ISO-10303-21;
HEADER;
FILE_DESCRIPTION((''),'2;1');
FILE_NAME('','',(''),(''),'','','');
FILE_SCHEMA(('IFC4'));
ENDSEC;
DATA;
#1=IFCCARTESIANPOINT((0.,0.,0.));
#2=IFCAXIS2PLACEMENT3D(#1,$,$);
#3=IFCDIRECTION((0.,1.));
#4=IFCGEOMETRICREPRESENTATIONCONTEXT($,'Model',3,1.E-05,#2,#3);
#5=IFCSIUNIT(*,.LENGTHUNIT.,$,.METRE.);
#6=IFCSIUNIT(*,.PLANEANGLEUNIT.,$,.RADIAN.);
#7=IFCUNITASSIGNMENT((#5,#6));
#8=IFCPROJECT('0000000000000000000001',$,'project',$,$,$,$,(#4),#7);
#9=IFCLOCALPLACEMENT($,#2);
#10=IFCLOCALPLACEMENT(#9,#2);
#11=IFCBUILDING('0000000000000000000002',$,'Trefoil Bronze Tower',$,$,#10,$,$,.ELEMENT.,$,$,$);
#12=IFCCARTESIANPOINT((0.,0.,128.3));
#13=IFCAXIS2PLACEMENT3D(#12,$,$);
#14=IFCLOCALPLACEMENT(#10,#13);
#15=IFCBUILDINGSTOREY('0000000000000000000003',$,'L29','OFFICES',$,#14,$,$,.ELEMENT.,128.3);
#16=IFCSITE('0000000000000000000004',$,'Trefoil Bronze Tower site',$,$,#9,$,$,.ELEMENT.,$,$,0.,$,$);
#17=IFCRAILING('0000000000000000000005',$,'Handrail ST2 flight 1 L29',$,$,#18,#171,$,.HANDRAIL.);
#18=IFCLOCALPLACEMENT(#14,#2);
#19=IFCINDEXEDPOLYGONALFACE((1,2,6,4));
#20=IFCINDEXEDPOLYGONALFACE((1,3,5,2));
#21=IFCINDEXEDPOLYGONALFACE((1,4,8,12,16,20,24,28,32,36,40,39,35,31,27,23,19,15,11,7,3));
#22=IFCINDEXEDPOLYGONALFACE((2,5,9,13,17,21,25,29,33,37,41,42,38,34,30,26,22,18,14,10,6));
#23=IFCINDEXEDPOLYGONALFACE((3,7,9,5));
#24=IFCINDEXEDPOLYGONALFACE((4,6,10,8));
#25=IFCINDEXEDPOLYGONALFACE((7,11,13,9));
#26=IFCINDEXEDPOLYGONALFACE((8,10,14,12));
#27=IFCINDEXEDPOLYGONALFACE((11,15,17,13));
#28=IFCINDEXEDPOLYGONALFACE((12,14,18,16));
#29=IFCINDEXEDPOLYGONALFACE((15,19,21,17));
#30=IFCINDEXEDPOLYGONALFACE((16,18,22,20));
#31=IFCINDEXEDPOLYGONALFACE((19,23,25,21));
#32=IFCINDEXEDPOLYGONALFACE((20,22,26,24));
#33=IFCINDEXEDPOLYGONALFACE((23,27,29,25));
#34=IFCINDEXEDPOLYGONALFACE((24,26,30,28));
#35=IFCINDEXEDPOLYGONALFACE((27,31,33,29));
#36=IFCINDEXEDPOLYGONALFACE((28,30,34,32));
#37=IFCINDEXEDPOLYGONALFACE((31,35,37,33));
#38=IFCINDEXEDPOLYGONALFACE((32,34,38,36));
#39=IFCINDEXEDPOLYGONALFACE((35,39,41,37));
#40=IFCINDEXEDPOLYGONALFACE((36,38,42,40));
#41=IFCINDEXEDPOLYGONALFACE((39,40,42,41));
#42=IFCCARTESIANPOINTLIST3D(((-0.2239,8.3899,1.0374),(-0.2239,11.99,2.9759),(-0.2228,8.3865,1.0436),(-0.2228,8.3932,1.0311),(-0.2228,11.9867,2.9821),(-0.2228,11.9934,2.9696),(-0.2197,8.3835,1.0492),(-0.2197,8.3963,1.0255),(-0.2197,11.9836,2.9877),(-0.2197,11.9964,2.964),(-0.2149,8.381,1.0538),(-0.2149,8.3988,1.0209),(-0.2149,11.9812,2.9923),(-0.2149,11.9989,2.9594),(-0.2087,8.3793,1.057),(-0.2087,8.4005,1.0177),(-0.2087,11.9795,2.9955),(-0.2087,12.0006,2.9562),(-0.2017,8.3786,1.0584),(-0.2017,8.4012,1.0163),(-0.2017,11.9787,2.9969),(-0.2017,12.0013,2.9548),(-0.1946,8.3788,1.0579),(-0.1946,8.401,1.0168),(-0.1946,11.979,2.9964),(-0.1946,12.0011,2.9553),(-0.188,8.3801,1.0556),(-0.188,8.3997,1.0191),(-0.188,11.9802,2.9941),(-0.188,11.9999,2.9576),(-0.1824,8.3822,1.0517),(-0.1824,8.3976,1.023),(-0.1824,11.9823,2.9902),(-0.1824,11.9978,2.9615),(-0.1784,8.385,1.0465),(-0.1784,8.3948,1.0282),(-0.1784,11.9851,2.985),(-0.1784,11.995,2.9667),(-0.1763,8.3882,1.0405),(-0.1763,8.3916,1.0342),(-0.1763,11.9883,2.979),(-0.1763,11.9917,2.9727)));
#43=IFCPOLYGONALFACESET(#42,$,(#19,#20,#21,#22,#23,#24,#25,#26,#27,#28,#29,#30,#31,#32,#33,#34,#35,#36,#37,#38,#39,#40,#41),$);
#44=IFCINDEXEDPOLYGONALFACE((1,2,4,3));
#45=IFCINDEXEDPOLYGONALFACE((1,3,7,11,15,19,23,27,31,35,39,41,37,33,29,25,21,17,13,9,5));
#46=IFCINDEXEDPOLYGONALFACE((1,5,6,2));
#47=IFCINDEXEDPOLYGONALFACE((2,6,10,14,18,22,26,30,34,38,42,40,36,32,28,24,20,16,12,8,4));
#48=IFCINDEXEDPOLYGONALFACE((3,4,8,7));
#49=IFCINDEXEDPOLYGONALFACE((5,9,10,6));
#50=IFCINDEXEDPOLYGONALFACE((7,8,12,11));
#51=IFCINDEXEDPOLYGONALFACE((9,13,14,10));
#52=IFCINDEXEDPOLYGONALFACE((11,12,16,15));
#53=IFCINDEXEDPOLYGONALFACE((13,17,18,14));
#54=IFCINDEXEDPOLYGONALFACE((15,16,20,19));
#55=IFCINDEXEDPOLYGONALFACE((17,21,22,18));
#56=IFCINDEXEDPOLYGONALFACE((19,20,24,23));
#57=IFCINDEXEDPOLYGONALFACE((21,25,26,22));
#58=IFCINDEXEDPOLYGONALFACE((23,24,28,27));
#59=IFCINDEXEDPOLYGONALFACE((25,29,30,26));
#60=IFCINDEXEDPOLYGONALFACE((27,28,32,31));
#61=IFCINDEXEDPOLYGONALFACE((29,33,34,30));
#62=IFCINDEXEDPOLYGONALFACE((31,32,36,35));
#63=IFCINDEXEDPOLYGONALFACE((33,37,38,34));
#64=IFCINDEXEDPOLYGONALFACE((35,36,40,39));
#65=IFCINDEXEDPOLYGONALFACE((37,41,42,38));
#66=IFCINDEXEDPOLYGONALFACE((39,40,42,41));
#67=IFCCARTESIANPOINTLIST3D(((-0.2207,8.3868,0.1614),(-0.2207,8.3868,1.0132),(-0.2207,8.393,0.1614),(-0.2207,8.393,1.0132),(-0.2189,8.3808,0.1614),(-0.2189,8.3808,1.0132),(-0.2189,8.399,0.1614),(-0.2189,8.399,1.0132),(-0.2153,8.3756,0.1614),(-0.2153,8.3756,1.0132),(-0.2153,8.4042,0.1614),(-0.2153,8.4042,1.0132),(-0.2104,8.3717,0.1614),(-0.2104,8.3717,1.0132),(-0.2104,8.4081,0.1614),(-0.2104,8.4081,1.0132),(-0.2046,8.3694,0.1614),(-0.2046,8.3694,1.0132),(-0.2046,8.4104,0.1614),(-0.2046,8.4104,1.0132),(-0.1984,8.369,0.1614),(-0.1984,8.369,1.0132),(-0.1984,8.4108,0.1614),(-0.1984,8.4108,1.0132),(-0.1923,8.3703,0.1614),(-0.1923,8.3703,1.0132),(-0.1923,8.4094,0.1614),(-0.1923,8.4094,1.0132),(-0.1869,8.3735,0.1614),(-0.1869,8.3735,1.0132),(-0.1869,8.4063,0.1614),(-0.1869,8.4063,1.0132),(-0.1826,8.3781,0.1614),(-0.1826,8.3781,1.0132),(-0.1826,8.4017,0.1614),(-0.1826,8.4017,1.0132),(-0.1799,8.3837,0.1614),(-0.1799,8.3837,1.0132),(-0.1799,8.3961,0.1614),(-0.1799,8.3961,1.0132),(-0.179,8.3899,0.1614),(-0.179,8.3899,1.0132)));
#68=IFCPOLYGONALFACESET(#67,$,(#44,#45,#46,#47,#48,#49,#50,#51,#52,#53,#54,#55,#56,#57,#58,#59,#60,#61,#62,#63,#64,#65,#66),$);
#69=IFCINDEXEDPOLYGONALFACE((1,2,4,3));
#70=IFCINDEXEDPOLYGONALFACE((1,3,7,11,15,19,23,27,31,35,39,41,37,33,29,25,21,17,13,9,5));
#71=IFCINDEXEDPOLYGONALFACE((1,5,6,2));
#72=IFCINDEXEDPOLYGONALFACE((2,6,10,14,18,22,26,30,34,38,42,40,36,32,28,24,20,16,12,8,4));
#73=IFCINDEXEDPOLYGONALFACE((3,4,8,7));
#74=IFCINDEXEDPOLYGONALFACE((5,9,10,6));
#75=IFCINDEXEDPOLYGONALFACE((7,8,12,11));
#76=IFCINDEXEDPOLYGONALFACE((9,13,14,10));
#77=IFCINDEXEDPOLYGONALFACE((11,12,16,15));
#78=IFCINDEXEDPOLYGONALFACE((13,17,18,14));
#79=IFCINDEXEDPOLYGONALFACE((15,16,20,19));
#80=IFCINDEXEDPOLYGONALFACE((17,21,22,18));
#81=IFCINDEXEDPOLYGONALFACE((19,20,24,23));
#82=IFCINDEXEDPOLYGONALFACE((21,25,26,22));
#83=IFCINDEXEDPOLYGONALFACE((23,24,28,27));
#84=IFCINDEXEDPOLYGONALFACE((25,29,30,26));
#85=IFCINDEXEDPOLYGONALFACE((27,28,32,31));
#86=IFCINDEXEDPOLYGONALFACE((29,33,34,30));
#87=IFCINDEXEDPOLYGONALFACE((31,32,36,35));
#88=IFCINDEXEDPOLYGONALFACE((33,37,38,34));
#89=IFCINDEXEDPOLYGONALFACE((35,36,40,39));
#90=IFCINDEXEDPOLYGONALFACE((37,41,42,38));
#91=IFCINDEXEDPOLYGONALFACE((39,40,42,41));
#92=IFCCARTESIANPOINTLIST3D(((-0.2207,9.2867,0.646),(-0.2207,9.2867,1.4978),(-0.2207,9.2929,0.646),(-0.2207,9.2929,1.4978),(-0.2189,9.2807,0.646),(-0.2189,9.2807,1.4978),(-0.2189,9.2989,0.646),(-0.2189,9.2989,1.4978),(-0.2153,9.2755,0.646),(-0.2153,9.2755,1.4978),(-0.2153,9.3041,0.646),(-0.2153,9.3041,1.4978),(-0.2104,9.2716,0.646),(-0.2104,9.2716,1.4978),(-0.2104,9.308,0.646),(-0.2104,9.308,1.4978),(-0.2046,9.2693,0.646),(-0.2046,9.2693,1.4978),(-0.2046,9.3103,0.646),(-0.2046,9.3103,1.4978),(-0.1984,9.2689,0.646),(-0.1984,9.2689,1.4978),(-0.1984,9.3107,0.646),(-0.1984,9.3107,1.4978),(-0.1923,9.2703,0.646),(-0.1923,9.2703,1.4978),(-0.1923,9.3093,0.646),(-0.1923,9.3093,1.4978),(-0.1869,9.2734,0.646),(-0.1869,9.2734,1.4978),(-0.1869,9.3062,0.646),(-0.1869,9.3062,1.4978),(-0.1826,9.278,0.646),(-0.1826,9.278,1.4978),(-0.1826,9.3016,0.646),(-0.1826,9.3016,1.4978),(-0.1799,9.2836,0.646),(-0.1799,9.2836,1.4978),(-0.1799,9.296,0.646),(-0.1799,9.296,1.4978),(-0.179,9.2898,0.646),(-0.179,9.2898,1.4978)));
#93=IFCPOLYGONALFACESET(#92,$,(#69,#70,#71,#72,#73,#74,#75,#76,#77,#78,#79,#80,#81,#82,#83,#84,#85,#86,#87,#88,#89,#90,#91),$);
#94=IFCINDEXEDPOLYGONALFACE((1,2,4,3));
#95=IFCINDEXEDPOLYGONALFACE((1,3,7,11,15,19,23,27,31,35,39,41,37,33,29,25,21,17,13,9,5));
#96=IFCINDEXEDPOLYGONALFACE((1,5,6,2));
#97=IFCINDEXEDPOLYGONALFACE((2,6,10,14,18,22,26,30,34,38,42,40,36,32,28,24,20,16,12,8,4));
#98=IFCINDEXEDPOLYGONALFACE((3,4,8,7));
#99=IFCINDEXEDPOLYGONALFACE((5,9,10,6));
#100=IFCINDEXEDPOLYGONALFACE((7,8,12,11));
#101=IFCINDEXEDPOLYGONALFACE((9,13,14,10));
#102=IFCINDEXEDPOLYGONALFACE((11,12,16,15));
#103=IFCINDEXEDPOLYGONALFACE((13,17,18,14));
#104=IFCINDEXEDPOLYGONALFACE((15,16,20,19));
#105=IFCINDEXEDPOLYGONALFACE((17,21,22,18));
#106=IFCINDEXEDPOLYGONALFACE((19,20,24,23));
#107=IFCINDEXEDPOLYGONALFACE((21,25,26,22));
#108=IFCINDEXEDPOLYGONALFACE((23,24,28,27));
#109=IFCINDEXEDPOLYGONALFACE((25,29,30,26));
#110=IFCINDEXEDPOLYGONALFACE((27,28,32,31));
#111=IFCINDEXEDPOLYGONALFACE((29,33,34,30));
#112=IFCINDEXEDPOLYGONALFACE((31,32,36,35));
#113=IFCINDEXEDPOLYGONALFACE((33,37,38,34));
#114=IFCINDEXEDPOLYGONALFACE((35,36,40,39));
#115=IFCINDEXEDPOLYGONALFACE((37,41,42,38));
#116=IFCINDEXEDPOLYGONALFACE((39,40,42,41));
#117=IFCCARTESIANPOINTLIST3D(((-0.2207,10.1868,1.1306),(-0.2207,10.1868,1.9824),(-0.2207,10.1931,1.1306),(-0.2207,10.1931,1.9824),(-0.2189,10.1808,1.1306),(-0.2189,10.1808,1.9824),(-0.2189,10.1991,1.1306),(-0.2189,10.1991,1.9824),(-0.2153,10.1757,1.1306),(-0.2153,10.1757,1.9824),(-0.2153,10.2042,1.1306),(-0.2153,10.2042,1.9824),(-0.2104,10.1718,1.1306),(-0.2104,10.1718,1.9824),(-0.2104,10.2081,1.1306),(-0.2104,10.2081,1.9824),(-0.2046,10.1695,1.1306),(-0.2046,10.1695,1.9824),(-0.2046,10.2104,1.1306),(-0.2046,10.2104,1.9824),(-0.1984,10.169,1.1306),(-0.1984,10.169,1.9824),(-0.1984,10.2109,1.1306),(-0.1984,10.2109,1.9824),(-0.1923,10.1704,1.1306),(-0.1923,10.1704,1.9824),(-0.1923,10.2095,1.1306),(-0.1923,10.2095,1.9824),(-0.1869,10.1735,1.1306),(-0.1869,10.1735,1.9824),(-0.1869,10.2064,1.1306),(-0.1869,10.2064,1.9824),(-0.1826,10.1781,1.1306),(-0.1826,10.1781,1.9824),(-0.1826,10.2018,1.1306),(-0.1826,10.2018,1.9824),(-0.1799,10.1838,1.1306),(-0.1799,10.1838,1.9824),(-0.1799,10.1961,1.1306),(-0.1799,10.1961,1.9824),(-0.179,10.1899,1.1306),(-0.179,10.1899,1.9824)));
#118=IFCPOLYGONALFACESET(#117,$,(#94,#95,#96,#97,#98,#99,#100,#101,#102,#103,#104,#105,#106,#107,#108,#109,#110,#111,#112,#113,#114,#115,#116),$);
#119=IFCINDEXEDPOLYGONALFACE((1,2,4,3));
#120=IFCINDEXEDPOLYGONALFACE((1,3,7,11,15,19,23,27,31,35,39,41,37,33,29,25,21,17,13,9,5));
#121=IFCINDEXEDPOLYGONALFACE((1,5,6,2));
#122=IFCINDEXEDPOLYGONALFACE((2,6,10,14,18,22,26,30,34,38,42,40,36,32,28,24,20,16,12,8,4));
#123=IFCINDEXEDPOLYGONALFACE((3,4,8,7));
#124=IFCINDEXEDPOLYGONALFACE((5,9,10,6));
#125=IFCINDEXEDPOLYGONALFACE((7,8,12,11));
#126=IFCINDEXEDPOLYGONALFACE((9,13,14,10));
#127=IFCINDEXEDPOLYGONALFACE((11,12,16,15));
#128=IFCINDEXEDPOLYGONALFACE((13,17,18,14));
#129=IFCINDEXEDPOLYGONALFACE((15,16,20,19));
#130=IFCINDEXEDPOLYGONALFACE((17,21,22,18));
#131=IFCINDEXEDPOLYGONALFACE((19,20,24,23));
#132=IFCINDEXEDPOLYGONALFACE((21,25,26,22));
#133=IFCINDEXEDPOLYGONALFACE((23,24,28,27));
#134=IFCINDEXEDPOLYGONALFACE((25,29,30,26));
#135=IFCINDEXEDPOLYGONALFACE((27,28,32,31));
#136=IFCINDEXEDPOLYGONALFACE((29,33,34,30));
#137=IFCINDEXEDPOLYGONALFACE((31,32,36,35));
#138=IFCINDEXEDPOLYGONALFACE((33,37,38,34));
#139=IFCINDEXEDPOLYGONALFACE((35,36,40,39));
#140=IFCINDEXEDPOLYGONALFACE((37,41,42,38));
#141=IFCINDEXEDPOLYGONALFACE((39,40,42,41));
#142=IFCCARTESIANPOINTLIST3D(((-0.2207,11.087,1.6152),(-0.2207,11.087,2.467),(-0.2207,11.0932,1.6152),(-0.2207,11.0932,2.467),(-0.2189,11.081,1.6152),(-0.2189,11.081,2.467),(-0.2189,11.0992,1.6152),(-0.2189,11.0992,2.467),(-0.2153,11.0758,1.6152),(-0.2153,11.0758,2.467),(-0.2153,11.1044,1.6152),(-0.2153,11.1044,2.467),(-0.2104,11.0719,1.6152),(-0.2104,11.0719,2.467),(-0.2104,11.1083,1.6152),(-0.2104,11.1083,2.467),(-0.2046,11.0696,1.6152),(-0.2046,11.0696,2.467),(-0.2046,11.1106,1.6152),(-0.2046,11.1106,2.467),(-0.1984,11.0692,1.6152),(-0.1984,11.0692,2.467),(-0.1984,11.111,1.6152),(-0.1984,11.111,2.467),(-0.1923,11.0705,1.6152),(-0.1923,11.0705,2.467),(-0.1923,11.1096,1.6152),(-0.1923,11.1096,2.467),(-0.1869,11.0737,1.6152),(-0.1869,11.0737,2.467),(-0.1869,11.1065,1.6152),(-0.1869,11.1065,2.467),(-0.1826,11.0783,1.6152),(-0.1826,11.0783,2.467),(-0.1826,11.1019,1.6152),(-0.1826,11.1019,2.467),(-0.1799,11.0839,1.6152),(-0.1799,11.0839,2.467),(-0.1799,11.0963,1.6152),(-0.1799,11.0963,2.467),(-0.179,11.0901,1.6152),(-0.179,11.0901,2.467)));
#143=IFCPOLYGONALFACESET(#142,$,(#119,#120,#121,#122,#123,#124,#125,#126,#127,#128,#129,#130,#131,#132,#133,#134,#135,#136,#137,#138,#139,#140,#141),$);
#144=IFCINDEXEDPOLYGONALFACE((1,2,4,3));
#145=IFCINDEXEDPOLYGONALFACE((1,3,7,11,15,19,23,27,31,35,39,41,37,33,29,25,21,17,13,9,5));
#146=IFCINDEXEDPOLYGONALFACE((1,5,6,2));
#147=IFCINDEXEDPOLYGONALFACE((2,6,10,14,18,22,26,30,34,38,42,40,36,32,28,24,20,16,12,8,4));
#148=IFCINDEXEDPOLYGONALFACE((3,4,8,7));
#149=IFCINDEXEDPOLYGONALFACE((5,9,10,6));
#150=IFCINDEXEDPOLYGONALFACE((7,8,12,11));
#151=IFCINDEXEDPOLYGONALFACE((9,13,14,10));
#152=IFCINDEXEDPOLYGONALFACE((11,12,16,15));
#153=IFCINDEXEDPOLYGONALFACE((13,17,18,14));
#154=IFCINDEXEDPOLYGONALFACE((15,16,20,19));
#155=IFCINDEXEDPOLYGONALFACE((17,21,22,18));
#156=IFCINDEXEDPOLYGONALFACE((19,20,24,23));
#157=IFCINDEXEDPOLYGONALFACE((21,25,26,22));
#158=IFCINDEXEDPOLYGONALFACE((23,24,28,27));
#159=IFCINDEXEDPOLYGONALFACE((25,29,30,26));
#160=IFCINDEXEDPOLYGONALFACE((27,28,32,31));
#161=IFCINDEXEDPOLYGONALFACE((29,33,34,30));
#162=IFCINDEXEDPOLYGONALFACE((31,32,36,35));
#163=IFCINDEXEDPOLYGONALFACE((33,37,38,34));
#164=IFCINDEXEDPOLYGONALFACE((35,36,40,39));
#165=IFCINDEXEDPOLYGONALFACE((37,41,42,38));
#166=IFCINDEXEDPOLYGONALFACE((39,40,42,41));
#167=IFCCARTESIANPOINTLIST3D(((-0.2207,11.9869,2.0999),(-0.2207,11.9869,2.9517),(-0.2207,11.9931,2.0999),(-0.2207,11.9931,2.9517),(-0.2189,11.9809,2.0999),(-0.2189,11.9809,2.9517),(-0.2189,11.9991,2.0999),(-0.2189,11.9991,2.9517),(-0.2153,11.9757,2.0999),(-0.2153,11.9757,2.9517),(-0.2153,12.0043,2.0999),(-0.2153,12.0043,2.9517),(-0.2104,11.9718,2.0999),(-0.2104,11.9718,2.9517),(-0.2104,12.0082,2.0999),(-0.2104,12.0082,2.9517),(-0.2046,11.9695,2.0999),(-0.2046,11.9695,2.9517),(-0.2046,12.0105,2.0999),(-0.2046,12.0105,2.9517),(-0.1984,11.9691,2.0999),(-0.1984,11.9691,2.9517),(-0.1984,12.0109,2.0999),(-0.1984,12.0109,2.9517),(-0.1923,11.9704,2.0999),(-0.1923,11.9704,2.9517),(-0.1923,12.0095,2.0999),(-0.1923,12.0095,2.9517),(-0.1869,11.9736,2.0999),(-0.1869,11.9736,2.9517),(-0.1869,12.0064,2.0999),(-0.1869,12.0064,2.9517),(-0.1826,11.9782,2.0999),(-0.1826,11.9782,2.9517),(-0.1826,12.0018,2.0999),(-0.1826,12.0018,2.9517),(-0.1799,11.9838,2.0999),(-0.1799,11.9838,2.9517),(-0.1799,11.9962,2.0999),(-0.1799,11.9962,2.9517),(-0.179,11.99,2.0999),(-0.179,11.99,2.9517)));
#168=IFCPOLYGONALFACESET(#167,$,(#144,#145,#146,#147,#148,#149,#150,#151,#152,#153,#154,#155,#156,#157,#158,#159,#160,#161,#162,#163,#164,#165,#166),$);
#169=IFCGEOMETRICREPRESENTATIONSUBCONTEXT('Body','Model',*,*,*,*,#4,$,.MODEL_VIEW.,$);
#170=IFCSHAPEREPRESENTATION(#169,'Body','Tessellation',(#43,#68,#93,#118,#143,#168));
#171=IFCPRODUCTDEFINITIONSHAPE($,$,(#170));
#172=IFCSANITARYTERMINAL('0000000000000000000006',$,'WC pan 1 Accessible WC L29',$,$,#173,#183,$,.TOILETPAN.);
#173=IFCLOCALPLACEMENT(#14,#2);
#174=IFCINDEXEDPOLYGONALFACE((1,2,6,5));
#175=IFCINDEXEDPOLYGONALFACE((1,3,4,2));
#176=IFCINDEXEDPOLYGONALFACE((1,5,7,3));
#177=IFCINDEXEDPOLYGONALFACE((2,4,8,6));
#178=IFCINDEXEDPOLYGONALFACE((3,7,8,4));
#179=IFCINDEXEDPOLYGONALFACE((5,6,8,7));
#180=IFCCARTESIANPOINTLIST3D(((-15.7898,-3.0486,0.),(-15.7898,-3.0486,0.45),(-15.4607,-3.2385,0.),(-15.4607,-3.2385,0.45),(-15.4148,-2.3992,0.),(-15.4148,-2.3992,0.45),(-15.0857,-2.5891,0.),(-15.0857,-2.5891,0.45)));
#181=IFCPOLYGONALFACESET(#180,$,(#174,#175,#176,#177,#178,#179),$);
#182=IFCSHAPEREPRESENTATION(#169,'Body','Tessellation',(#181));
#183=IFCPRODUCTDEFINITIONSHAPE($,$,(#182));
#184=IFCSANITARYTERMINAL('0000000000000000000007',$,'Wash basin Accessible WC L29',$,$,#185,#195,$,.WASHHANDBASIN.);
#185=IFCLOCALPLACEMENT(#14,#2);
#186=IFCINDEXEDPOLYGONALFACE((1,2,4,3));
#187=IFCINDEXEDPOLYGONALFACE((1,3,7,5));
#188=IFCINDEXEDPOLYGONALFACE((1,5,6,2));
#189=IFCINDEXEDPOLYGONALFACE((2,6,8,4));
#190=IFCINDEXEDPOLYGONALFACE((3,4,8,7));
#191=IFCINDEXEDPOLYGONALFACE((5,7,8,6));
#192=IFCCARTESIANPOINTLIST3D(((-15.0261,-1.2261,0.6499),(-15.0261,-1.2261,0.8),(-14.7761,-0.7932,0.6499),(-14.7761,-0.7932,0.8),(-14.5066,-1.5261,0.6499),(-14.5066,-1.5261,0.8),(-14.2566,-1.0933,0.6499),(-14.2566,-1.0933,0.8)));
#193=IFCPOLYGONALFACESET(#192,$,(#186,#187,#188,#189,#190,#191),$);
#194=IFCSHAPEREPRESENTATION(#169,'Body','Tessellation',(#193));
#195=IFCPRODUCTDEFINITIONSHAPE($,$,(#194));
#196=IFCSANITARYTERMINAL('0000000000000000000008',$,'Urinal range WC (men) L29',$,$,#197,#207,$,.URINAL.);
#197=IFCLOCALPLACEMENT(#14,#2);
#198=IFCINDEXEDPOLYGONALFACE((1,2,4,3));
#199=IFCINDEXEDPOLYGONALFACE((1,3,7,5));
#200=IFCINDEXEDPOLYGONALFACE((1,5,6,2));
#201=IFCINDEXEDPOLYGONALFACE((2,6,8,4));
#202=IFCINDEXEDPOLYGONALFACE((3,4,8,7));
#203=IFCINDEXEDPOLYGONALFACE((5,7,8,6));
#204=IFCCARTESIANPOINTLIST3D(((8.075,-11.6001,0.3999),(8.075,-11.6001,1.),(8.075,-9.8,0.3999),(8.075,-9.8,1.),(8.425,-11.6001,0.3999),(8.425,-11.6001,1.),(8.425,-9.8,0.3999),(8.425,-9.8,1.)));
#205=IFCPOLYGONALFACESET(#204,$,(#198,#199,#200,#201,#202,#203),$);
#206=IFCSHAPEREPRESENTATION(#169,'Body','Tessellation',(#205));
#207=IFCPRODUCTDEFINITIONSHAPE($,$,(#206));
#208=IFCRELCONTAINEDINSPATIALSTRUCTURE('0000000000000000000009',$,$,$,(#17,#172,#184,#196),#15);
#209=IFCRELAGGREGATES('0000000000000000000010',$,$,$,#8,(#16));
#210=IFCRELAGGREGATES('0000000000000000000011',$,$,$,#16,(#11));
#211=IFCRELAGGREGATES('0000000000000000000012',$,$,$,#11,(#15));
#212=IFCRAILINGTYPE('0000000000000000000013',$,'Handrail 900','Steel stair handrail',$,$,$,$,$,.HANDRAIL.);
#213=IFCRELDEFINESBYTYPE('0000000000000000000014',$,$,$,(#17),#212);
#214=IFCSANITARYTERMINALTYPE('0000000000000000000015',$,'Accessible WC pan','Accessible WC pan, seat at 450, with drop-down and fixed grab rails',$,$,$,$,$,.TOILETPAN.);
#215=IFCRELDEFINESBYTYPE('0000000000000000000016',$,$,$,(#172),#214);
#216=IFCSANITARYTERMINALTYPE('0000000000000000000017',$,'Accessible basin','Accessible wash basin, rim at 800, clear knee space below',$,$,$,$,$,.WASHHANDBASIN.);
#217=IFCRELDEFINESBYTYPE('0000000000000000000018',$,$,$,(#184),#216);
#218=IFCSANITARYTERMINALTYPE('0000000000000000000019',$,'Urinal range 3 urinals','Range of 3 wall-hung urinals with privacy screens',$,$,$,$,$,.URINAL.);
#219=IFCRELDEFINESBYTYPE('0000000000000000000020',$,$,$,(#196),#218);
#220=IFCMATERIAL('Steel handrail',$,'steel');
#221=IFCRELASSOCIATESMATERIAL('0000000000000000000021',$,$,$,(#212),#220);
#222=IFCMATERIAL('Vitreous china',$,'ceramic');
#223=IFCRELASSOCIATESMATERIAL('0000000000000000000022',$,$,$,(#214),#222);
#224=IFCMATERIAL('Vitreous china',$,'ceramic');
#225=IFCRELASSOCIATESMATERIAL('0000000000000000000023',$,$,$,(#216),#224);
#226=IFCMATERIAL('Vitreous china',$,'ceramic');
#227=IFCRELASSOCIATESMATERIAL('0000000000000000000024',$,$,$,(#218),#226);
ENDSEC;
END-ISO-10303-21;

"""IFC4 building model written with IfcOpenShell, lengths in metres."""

from ifc_helpers import new_model, si_unit, direction, frame, origin, origin_2d, place, context, subcontext, project, spatial, polyline, circle, outline, extrude, material, type_object, element, save


model = new_model("IFC4")

# Units and contexts
model_context = context("Model", 3, precision=1e-05, world=origin(), true_north=direction((0.0, 1.0)))
body_context = subcontext(model_context, "Body", "Model", "MODEL_VIEW")
ifc_project = project(units=[si_unit("LENGTHUNIT", "METRE"), si_unit("PLANEANGLEUNIT", "RADIAN")], contexts=[model_context])

# Site, building, storey
site_placement = place(None, origin())
site = spatial("IfcSite", under=ifc_project, at=site_placement, Name="Trefoil Bronze Tower site", CompositionType="ELEMENT", RefElevation=0.0)
building_placement = place(site_placement, origin())
building = spatial("IfcBuilding", under=site, at=building_placement, Name="Trefoil Bronze Tower", CompositionType="ELEMENT")
storey_placement = place(building_placement, frame((0.0, 0.0, 128.3)))
storey = spatial("IfcBuildingStorey", under=building, at=storey_placement, Name="L29", Description="OFFICES", CompositionType="ELEMENT", Elevation=128.3)

# Railing
ifc_material_1 = material(Name="Steel handrail", Category="steel")
railing_type = type_object("IfcRailingType", Name="Handrail 900", Description="Steel stair handrail", PredefinedType="HANDRAIL", material=ifc_material_1)
railing_placement = place(storey_placement, frame((-0.2, 8.3899, 0.1614)))
element("IfcRailing", 1, at=railing_placement, inside=storey, type_object=railing_type, Name="Handrail ST2 flight 1 L29", PredefinedType="HANDRAIL", context=body_context, shape_type="SweptSolid", body=[
    extrude(circle(Radius=0.0239, at=origin_2d()), frame((0.0, 0.0, 0.876), z_axis=(0.0, 0.880475, 0.474093), x_axis=(-1.0, 0.0, 0.0)), (0.0, 0.0, 1.0), 4.0889),
    extrude(circle(Radius=0.021, at=origin_2d()), origin(), (0.0, 0.0, 1.0), 0.8518),
    extrude(circle(Radius=0.021, at=origin_2d()), frame((0.0, 0.8999, 0.4846)), (0.0, 0.0, 1.0), 0.8518),
    extrude(circle(Radius=0.021, at=origin_2d()), frame((0.0, 1.8, 0.9692)), (0.0, 0.0, 1.0), 0.8518),
    extrude(circle(Radius=0.021, at=origin_2d()), frame((0.0, 2.7002, 1.4539)), (0.0, 0.0, 1.0), 0.8518),
    extrude(circle(Radius=0.021, at=origin_2d()), frame((0.0, 3.6001, 1.9385)), (0.0, 0.0, 1.0), 0.8518),
])

# Sanitary terminals
ifc_material_2 = material(Name="Vitreous china", Category="ceramic")
sanitary_terminal_type_1 = type_object("IfcSanitaryTerminalType", Name="Accessible WC pan", Description="Accessible WC pan, seat at 450, with drop-down and fixed grab rails", PredefinedType="TOILETPAN", material=ifc_material_2)
sanitary_terminal_1_placement = place(storey_placement, origin())
element("IfcSanitaryTerminal", 2, at=sanitary_terminal_1_placement, inside=storey, type_object=sanitary_terminal_type_1, Name="WC pan 1 Accessible WC L29", PredefinedType="TOILETPAN", context=body_context, shape_type="SweptSolid", body=[
    extrude(outline(polyline([(-15.0857, -2.5891), (-15.4607, -3.2385), (-15.7898, -3.0486), (-15.4148, -2.3992), (-15.0857, -2.5891)])), origin(), (0.0, 0.0, 1.0), 0.45),
])
ifc_material_3 = material(Name="Vitreous china", Category="ceramic")
sanitary_terminal_type_2 = type_object("IfcSanitaryTerminalType", Name="Accessible basin", Description="Accessible wash basin, rim at 800, clear knee space below", PredefinedType="WASHHANDBASIN", material=ifc_material_3)
sanitary_terminal_2_placement = place(storey_placement, frame((0.0, 0.0, 0.6499)))
element("IfcSanitaryTerminal", 3, at=sanitary_terminal_2_placement, inside=storey, type_object=sanitary_terminal_type_2, Name="Wash basin Accessible WC L29", PredefinedType="WASHHANDBASIN", context=body_context, shape_type="SweptSolid", body=[
    extrude(outline(polyline([(-14.2566, -1.0933), (-14.5066, -1.5261), (-15.0261, -1.2261), (-14.7761, -0.7932), (-14.2566, -1.0933)])), origin(), (0.0, 0.0, 1.0), 0.1501),
])
ifc_material_4 = material(Name="Vitreous china", Category="ceramic")
sanitary_terminal_type_3 = type_object("IfcSanitaryTerminalType", Name="Urinal range 3 urinals", Description="Range of 3 wall-hung urinals with privacy screens", PredefinedType="URINAL", material=ifc_material_4)
sanitary_terminal_3_placement = place(storey_placement, frame((0.0, 0.0, 0.3999)))
element("IfcSanitaryTerminal", 4, at=sanitary_terminal_3_placement, inside=storey, type_object=sanitary_terminal_type_3, Name="Urinal range WC (men) L29", PredefinedType="URINAL", context=body_context, shape_type="SweptSolid", body=[
    extrude(outline(polyline([(8.075, -9.8), (8.425, -9.8), (8.425, -11.6001), (8.075, -11.6001), (8.075, -9.8)])), origin(), (0.0, 0.0, 1.0), 0.6001),
])

save(model, "model.ifc")
